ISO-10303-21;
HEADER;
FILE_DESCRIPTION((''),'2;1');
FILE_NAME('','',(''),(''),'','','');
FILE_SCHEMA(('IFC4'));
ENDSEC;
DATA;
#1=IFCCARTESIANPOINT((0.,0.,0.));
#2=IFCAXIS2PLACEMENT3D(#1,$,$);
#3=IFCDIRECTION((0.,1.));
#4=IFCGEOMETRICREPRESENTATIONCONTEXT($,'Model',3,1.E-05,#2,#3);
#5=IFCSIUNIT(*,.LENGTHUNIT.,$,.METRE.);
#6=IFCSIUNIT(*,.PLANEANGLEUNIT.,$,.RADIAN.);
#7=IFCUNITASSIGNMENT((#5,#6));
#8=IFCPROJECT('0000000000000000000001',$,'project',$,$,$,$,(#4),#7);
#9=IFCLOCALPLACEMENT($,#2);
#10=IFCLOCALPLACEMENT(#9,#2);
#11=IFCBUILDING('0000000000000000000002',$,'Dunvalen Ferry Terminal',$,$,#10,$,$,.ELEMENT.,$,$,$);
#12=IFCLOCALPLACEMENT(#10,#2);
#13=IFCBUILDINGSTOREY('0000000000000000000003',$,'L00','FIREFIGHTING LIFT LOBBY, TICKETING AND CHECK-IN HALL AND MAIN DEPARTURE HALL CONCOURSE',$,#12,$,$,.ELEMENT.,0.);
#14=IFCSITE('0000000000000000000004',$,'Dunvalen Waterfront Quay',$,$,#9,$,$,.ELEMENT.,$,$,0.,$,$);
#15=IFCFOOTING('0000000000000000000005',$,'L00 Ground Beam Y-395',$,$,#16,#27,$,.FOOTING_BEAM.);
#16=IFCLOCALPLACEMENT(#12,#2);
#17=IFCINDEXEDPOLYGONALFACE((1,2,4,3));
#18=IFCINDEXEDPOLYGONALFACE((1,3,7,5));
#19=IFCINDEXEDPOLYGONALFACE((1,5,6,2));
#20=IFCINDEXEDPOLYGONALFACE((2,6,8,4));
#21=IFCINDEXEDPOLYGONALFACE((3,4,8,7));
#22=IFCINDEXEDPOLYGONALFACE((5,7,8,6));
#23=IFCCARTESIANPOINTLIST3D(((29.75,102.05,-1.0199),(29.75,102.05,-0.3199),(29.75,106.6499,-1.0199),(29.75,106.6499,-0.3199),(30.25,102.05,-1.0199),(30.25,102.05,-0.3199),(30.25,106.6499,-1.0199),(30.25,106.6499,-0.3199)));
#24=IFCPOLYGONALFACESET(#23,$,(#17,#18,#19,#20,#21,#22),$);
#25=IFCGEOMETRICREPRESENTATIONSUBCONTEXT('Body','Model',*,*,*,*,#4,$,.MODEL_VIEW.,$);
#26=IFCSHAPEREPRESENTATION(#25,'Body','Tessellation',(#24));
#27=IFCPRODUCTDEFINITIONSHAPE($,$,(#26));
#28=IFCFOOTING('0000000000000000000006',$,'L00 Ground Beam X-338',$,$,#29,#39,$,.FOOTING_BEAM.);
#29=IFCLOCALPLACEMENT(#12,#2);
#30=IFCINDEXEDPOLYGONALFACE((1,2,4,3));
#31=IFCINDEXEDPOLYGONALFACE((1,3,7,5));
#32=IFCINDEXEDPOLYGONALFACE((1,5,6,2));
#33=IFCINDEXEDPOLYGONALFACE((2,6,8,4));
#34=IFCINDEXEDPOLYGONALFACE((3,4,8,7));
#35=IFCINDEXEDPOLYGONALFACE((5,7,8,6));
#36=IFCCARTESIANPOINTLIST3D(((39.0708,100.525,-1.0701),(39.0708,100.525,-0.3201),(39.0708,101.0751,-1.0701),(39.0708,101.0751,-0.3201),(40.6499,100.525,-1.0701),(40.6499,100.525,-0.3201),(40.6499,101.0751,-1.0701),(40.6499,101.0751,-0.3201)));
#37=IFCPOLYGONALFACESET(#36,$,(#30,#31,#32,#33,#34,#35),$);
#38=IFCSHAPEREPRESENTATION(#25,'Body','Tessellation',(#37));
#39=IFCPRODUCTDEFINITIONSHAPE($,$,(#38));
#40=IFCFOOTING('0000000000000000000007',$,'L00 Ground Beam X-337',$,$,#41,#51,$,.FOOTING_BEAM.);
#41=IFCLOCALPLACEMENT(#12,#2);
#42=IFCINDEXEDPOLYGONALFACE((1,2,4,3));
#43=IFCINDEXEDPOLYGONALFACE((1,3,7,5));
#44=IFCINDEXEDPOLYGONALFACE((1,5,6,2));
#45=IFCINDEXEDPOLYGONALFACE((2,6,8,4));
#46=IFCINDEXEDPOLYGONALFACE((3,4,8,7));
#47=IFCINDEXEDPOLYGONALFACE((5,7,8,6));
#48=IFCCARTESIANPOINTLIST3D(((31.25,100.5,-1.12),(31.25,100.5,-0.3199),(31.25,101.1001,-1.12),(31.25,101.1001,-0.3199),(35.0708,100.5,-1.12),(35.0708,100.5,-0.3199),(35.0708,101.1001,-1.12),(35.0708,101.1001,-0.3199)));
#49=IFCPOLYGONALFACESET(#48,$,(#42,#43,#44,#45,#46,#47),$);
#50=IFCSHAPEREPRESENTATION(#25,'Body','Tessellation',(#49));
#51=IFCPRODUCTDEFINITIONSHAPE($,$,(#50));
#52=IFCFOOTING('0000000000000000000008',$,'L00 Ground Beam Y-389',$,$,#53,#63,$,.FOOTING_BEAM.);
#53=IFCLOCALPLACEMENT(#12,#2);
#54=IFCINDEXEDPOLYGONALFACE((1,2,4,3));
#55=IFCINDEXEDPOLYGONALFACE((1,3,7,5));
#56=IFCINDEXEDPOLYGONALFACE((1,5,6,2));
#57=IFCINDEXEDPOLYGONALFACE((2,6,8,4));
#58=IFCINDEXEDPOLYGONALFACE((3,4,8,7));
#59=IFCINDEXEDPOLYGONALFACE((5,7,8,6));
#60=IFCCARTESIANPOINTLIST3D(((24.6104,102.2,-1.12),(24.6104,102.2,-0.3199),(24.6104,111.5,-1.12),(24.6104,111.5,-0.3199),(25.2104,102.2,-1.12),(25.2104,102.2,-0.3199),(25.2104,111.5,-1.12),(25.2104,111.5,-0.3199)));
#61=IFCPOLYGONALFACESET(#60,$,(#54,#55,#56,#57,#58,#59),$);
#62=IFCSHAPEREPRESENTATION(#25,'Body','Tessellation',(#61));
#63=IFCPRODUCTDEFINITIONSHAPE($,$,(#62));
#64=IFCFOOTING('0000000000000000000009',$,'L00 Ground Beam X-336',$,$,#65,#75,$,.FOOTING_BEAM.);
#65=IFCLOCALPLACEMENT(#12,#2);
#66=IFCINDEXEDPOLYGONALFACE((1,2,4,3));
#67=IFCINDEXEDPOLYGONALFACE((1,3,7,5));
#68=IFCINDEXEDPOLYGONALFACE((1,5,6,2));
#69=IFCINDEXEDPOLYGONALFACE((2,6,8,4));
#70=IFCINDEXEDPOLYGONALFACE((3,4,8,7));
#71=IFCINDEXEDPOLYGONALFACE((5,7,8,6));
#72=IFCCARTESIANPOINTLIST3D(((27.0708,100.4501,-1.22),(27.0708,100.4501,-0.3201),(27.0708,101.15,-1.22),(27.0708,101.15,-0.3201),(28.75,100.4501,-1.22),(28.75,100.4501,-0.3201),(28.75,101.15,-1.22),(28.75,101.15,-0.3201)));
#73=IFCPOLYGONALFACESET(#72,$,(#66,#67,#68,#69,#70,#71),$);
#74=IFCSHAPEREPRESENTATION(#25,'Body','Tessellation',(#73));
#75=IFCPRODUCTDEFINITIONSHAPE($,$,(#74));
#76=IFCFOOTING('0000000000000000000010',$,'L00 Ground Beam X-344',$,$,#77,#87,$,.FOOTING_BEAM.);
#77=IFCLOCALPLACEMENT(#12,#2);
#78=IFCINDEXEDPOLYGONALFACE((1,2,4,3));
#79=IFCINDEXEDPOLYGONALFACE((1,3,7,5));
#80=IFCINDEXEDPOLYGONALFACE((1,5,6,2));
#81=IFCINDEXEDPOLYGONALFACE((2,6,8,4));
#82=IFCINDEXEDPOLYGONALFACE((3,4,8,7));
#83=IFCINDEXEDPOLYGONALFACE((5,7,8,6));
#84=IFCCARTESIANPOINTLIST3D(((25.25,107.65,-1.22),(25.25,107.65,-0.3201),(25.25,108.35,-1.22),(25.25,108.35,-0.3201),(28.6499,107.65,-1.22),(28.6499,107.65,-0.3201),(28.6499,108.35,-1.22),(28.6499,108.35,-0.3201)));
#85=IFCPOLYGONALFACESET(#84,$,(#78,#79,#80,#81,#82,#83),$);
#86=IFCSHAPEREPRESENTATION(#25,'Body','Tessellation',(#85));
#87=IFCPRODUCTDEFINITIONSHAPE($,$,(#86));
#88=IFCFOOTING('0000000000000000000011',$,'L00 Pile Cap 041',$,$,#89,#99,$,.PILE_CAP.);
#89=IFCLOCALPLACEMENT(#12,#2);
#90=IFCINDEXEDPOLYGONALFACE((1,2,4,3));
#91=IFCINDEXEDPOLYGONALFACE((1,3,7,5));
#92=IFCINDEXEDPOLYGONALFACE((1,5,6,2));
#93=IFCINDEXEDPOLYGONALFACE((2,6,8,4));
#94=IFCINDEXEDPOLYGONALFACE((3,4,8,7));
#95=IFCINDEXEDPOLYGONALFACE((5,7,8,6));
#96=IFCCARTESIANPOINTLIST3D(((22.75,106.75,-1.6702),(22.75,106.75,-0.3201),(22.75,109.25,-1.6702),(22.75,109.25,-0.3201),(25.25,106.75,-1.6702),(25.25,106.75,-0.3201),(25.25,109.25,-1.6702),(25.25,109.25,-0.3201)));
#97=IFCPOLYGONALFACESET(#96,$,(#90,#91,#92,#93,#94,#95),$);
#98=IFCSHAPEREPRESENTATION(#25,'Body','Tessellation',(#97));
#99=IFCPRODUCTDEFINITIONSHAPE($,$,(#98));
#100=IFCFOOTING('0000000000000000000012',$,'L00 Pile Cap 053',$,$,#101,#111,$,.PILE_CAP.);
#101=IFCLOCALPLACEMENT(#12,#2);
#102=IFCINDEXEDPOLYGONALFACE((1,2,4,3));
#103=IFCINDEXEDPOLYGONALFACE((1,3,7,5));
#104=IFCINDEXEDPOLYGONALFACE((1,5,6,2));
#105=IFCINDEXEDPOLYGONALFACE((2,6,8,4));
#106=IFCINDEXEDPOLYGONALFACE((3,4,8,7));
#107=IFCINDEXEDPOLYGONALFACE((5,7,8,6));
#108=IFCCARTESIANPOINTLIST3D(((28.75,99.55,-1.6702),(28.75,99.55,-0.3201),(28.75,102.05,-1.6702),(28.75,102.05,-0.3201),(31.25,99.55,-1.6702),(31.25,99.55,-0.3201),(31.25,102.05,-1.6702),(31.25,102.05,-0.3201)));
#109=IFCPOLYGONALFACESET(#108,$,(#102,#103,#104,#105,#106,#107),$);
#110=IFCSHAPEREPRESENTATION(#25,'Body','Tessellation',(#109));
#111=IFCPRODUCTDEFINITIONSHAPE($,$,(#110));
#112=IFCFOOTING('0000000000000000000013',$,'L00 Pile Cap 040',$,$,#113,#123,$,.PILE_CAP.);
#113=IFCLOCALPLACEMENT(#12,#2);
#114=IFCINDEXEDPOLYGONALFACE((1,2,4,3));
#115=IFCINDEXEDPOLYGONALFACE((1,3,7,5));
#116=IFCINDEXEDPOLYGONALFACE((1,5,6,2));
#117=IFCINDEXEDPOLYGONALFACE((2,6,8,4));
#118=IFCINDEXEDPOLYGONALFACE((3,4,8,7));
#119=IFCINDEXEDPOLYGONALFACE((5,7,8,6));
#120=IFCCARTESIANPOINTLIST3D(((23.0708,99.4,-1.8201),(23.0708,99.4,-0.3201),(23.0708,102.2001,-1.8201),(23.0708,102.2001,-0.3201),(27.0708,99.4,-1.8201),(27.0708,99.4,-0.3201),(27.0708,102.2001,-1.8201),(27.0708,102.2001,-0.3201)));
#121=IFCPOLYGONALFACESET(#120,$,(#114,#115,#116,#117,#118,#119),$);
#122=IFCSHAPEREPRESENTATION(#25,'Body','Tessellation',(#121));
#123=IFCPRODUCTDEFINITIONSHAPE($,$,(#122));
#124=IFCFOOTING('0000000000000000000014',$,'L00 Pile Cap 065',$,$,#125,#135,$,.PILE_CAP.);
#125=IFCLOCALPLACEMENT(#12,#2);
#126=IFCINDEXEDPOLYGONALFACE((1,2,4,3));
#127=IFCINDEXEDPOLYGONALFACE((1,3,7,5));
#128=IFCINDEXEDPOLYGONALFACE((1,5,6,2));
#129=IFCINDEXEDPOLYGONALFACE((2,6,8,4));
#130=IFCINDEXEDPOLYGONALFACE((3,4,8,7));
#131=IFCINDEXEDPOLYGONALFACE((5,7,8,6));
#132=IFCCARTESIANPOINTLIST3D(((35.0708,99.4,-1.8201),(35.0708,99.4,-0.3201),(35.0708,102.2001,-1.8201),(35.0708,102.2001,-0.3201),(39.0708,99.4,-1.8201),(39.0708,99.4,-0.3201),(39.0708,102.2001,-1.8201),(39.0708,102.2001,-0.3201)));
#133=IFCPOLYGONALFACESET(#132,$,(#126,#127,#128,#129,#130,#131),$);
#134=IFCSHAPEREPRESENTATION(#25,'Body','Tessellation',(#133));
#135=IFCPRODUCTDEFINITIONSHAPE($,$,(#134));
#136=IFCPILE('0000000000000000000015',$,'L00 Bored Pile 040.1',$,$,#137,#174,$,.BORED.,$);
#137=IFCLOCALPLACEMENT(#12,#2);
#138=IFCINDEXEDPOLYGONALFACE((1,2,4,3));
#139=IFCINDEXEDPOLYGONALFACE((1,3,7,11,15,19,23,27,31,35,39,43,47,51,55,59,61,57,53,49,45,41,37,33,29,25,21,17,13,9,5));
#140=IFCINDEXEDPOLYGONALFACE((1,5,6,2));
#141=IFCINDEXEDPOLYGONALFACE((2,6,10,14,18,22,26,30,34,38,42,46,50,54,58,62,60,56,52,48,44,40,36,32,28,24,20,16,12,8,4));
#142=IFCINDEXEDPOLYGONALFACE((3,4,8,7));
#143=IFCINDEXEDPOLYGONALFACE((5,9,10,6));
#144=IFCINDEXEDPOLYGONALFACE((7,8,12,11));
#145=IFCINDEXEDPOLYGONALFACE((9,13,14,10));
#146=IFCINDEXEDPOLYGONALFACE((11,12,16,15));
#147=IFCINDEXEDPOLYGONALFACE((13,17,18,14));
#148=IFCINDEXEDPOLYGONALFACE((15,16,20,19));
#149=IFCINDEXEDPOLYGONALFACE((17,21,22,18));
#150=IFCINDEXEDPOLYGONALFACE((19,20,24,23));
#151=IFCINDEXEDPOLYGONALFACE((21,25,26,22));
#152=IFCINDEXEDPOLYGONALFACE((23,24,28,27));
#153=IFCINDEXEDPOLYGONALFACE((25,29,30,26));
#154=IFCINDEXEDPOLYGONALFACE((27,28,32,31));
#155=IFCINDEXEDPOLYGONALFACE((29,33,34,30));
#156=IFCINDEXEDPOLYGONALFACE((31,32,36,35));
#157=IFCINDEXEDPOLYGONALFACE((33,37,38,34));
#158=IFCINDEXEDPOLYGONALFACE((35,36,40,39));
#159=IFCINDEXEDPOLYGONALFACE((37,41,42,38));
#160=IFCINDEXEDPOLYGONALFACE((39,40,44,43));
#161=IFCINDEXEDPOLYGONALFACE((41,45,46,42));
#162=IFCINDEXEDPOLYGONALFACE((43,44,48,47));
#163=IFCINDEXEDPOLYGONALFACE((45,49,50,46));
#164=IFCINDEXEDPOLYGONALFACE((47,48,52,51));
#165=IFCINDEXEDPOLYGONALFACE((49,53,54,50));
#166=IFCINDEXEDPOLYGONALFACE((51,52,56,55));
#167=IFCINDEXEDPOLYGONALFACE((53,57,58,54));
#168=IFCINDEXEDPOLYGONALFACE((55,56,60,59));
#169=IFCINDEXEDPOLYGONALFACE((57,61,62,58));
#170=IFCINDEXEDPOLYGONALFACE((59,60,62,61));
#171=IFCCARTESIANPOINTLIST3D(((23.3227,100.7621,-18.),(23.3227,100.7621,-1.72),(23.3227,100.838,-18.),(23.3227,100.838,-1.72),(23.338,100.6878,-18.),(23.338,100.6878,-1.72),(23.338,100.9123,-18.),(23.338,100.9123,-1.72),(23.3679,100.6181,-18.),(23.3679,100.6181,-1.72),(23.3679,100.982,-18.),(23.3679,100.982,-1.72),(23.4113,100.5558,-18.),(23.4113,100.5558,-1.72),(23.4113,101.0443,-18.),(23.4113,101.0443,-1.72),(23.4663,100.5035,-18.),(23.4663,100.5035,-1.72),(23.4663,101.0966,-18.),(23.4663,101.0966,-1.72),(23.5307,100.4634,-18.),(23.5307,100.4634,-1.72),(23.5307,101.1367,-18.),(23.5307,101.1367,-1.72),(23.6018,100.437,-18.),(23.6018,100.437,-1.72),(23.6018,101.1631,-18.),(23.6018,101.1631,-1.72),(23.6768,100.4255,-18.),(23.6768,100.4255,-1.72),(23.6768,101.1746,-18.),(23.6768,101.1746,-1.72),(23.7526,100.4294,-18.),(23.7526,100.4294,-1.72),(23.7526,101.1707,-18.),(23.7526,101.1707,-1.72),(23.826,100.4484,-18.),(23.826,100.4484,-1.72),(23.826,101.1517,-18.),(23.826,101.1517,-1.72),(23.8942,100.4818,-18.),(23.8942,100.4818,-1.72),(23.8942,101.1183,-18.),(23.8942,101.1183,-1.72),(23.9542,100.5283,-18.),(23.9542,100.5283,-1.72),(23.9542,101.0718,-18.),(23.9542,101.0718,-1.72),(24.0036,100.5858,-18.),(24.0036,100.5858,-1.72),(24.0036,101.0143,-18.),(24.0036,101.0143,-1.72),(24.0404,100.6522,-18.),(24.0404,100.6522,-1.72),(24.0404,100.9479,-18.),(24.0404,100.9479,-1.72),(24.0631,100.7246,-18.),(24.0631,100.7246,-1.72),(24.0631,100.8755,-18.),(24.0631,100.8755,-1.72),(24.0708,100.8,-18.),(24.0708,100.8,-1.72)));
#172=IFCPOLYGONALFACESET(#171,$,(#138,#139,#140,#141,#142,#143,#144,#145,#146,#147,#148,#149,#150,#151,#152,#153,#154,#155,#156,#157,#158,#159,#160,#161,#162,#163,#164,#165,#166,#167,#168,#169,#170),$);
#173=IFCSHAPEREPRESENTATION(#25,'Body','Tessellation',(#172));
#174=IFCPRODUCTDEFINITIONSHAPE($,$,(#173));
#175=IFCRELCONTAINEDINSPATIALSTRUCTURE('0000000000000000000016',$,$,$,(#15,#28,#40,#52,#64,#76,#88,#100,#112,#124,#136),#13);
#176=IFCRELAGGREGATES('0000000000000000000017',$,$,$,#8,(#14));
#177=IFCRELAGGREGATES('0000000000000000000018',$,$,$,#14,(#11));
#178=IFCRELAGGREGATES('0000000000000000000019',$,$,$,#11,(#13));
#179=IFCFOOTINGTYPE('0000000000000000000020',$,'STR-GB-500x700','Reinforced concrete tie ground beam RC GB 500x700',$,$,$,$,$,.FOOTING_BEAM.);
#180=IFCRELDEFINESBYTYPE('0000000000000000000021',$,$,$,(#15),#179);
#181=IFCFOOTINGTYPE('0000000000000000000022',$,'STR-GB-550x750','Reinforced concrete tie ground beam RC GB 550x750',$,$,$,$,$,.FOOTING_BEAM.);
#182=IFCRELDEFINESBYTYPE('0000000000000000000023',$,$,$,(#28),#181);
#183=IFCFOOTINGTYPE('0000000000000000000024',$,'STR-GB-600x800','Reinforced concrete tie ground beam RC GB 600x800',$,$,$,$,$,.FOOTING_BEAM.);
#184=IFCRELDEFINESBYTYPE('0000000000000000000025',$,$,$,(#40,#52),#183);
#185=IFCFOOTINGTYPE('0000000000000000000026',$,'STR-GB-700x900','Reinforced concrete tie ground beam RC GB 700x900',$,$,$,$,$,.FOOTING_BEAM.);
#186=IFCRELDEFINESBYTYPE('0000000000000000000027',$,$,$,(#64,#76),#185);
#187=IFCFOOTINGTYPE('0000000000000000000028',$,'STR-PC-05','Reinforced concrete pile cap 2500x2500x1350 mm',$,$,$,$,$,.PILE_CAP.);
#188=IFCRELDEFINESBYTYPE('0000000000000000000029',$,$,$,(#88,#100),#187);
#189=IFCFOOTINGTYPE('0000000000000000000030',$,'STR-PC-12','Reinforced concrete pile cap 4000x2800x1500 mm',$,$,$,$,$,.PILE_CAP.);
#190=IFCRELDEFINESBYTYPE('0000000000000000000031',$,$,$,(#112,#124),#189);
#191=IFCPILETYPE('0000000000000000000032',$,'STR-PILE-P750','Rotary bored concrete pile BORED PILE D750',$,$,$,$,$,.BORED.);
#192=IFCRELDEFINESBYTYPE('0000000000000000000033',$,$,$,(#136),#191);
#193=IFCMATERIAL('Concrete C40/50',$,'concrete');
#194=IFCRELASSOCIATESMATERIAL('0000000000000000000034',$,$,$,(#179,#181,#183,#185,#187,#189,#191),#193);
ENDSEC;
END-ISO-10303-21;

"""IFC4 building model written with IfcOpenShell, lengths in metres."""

from ifc_helpers import new_model, si_unit, direction, frame, origin, origin_2d, place, context, subcontext, project, spatial, rectangle, circle, extrude, material, material_profile, profile_set, type_object, element, save


model = new_model("IFC4")

# Units and contexts
model_context = context("Model", 3, precision=1e-05, world=origin(), true_north=direction((0.0, 1.0)))
body_context = subcontext(model_context, "Body", "Model", "MODEL_VIEW")
ifc_project = project(units=[si_unit("LENGTHUNIT", "METRE"), si_unit("PLANEANGLEUNIT", "RADIAN")], contexts=[model_context])

# Site, building, storey
site_placement = place(None, origin())
site = spatial("IfcSite", under=ifc_project, at=site_placement, Name="Dunvalen Waterfront Quay", CompositionType="ELEMENT", RefElevation=0.0)
building_placement = place(site_placement, origin())
building = spatial("IfcBuilding", under=site, at=building_placement, Name="Dunvalen Ferry Terminal", CompositionType="ELEMENT")
storey_placement = place(building_placement, origin())
storey = spatial("IfcBuildingStorey", under=building, at=storey_placement, Name="L00", Description="FIREFIGHTING LIFT LOBBY, TICKETING AND CHECK-IN HALL AND MAIN DEPARTURE HALL CONCOURSE", CompositionType="ELEMENT", Elevation=0.0)

# Footings
ifc_material_1 = material(Name="Concrete C40/50", Category="concrete")
ifc_material_profile_1 = material_profile(ifc_material_1, rectangle(XDim=0.5, YDim=0.7, at=origin_2d()), Name="Concrete C40/50")
ifc_profile_set_1 = profile_set([ifc_material_profile_1], Name="Concrete C40/50")
footing_type_1 = type_object("IfcFootingType", Name="STR-GB-500x700", Description="Reinforced concrete tie ground beam RC GB 500x700", PredefinedType="FOOTING_BEAM", material=ifc_profile_set_1)
footing_1_placement = place(storey_placement, frame((30.0, 102.05, -0.6699), z_axis=(0.0, 1.0, 0.0), x_axis=(-1.0, 0.0, 0.0)))
element("IfcFooting", 1, at=footing_1_placement, inside=storey, type_object=footing_type_1, Name="L00 Ground Beam Y-395", PredefinedType="FOOTING_BEAM", context=body_context, shape_type="SweptSolid", body=[
    extrude(rectangle(XDim=0.5, YDim=0.7, at=origin_2d()), origin(), (0.0, 0.0, 1.0), 4.5999),
])
ifc_material_profile_2 = material_profile(ifc_material_1, rectangle(XDim=0.55, YDim=0.75, at=origin_2d()), Name="Concrete C40/50")
ifc_profile_set_2 = profile_set([ifc_material_profile_2], Name="Concrete C40/50")
footing_type_2 = type_object("IfcFootingType", Name="STR-GB-550x750", Description="Reinforced concrete tie ground beam RC GB 550x750", PredefinedType="FOOTING_BEAM", material=ifc_profile_set_2)
footing_2_placement = place(storey_placement, frame((39.0708, 100.8, -0.6951), z_axis=(1.0, 0.0, 0.0), x_axis=(0.0, 1.0, 0.0)))
element("IfcFooting", 2, at=footing_2_placement, inside=storey, type_object=footing_type_2, Name="L00 Ground Beam X-338", PredefinedType="FOOTING_BEAM", context=body_context, shape_type="SweptSolid", body=[
    extrude(rectangle(XDim=0.55, YDim=0.75, at=origin_2d()), origin(), (0.0, 0.0, 1.0), 1.5791),
])
ifc_material_profile_3 = material_profile(ifc_material_1, rectangle(XDim=0.6001, YDim=0.8, at=origin_2d()), Name="Concrete C40/50")
ifc_profile_set_3 = profile_set([ifc_material_profile_3], Name="Concrete C40/50")
footing_type_3 = type_object("IfcFootingType", Name="STR-GB-600x800", Description="Reinforced concrete tie ground beam RC GB 600x800", PredefinedType="FOOTING_BEAM", material=ifc_profile_set_3)
footing_3_placement = place(storey_placement, frame((31.25, 100.8, -0.72), z_axis=(1.0, 0.0, 0.0), x_axis=(0.0, 1.0, 0.0)))
element("IfcFooting", 3, at=footing_3_placement, inside=storey, type_object=footing_type_3, Name="L00 Ground Beam X-337", PredefinedType="FOOTING_BEAM", context=body_context, shape_type="SweptSolid", body=[
    extrude(rectangle(XDim=0.6001, YDim=0.8, at=origin_2d()), origin(), (0.0, 0.0, 1.0), 3.8208),
])
footing_4_placement = place(storey_placement, frame((24.9104, 102.2, -0.72), z_axis=(0.0, 1.0, 0.0), x_axis=(-1.0, 0.0, 0.0)))
element("IfcFooting", 4, at=footing_4_placement, inside=storey, type_object=footing_type_3, Name="L00 Ground Beam Y-389", PredefinedType="FOOTING_BEAM", context=body_context, shape_type="SweptSolid", body=[
    extrude(rectangle(XDim=0.6001, YDim=0.8, at=origin_2d()), origin(), (0.0, 0.0, 1.0), 9.3),
])
ifc_material_profile_4 = material_profile(ifc_material_1, rectangle(XDim=0.7, YDim=0.8999, at=origin_2d()), Name="Concrete C40/50")
ifc_profile_set_4 = profile_set([ifc_material_profile_4], Name="Concrete C40/50")
footing_type_4 = type_object("IfcFootingType", Name="STR-GB-700x900", Description="Reinforced concrete tie ground beam RC GB 700x900", PredefinedType="FOOTING_BEAM", material=ifc_profile_set_4)
footing_5_placement = place(storey_placement, frame((27.0708, 100.8, -0.77), z_axis=(1.0, 0.0, 0.0), x_axis=(0.0, 1.0, 0.0)))
element("IfcFooting", 5, at=footing_5_placement, inside=storey, type_object=footing_type_4, Name="L00 Ground Beam X-336", PredefinedType="FOOTING_BEAM", context=body_context, shape_type="SweptSolid", body=[
    extrude(rectangle(XDim=0.7, YDim=0.8999, at=origin_2d()), origin(), (0.0, 0.0, 1.0), 1.6792),
])
footing_6_placement = place(storey_placement, frame((25.25, 108.0, -0.77), z_axis=(1.0, 0.0, 0.0), x_axis=(0.0, 1.0, 0.0)))
element("IfcFooting", 6, at=footing_6_placement, inside=storey, type_object=footing_type_4, Name="L00 Ground Beam X-344", PredefinedType="FOOTING_BEAM", context=body_context, shape_type="SweptSolid", body=[
    extrude(rectangle(XDim=0.7, YDim=0.8999, at=origin_2d()), origin(), (0.0, 0.0, 1.0), 3.3999),
])
footing_type_5 = type_object("IfcFootingType", Name="STR-PC-05", Description="Reinforced concrete pile cap 2500x2500x1350 mm", PredefinedType="PILE_CAP", material=ifc_material_1)
for number, where, z_axis, x_axis, name in (
    (7, (24.0, 108.0, -1.6702), (0.0, 0.0, 1.0), (1.0, 0.0, 0.0), "L00 Pile Cap 041"),
    (8, (30.0, 100.8, -1.6702), (0.0, 0.0, 1.0), (1.0, 0.0, 0.0), "L00 Pile Cap 053"),
):
    element("IfcFooting", number, at=place(storey_placement, frame(where, z_axis=z_axis, x_axis=x_axis)), inside=storey, type_object=footing_type_5, Name=name, PredefinedType="PILE_CAP", context=body_context, shape_type="SweptSolid", body=[
        extrude(rectangle(XDim=2.5, YDim=2.5, at=origin_2d()), origin(), (0.0, 0.0, 1.0), 1.3501),
    ])
footing_type_6 = type_object("IfcFootingType", Name="STR-PC-12", Description="Reinforced concrete pile cap 4000x2800x1500 mm", PredefinedType="PILE_CAP", material=ifc_material_1)
for number, where, z_axis, x_axis, name in (
    (9, (25.0708, 100.8, -1.8201), (0.0, 0.0, 1.0), (1.0, 0.0, 0.0), "L00 Pile Cap 040"),
    (10, (37.0708, 100.8, -1.8201), (0.0, 0.0, 1.0), (1.0, 0.0, 0.0), "L00 Pile Cap 065"),
):
    element("IfcFooting", number, at=place(storey_placement, frame(where, z_axis=z_axis, x_axis=x_axis)), inside=storey, type_object=footing_type_6, Name=name, PredefinedType="PILE_CAP", context=body_context, shape_type="SweptSolid", body=[
        extrude(rectangle(XDim=4.0, YDim=2.8, at=origin_2d()), origin(), (0.0, 0.0, 1.0), 1.5),
    ])

# Pile
ifc_material_profile_5 = material_profile(ifc_material_1, circle(Radius=0.375, at=origin_2d()), Name="Concrete C40/50")
ifc_profile_set_5 = profile_set([ifc_material_profile_5], Name="Concrete C40/50")
pile_type = type_object("IfcPileType", Name="STR-PILE-P750", Description="Rotary bored concrete pile BORED PILE D750", PredefinedType="BORED", material=ifc_profile_set_5)
for number, where, z_axis, x_axis, name in (
    (11, (23.6958, 100.8, -1.72), (0.0, 0.0, -1.0), (1.0, 0.0, 0.0), "L00 Bored Pile 040.1"),
):
    element("IfcPile", number, at=place(storey_placement, frame(where, z_axis=z_axis, x_axis=x_axis)), inside=storey, type_object=pile_type, Name=name, PredefinedType="BORED", context=body_context, shape_type="SweptSolid", body=[
        extrude(circle(Radius=0.375, at=origin_2d()), origin(), (0.0, 0.0, 1.0), 16.28),
    ])

save(model, "model.ifc")
